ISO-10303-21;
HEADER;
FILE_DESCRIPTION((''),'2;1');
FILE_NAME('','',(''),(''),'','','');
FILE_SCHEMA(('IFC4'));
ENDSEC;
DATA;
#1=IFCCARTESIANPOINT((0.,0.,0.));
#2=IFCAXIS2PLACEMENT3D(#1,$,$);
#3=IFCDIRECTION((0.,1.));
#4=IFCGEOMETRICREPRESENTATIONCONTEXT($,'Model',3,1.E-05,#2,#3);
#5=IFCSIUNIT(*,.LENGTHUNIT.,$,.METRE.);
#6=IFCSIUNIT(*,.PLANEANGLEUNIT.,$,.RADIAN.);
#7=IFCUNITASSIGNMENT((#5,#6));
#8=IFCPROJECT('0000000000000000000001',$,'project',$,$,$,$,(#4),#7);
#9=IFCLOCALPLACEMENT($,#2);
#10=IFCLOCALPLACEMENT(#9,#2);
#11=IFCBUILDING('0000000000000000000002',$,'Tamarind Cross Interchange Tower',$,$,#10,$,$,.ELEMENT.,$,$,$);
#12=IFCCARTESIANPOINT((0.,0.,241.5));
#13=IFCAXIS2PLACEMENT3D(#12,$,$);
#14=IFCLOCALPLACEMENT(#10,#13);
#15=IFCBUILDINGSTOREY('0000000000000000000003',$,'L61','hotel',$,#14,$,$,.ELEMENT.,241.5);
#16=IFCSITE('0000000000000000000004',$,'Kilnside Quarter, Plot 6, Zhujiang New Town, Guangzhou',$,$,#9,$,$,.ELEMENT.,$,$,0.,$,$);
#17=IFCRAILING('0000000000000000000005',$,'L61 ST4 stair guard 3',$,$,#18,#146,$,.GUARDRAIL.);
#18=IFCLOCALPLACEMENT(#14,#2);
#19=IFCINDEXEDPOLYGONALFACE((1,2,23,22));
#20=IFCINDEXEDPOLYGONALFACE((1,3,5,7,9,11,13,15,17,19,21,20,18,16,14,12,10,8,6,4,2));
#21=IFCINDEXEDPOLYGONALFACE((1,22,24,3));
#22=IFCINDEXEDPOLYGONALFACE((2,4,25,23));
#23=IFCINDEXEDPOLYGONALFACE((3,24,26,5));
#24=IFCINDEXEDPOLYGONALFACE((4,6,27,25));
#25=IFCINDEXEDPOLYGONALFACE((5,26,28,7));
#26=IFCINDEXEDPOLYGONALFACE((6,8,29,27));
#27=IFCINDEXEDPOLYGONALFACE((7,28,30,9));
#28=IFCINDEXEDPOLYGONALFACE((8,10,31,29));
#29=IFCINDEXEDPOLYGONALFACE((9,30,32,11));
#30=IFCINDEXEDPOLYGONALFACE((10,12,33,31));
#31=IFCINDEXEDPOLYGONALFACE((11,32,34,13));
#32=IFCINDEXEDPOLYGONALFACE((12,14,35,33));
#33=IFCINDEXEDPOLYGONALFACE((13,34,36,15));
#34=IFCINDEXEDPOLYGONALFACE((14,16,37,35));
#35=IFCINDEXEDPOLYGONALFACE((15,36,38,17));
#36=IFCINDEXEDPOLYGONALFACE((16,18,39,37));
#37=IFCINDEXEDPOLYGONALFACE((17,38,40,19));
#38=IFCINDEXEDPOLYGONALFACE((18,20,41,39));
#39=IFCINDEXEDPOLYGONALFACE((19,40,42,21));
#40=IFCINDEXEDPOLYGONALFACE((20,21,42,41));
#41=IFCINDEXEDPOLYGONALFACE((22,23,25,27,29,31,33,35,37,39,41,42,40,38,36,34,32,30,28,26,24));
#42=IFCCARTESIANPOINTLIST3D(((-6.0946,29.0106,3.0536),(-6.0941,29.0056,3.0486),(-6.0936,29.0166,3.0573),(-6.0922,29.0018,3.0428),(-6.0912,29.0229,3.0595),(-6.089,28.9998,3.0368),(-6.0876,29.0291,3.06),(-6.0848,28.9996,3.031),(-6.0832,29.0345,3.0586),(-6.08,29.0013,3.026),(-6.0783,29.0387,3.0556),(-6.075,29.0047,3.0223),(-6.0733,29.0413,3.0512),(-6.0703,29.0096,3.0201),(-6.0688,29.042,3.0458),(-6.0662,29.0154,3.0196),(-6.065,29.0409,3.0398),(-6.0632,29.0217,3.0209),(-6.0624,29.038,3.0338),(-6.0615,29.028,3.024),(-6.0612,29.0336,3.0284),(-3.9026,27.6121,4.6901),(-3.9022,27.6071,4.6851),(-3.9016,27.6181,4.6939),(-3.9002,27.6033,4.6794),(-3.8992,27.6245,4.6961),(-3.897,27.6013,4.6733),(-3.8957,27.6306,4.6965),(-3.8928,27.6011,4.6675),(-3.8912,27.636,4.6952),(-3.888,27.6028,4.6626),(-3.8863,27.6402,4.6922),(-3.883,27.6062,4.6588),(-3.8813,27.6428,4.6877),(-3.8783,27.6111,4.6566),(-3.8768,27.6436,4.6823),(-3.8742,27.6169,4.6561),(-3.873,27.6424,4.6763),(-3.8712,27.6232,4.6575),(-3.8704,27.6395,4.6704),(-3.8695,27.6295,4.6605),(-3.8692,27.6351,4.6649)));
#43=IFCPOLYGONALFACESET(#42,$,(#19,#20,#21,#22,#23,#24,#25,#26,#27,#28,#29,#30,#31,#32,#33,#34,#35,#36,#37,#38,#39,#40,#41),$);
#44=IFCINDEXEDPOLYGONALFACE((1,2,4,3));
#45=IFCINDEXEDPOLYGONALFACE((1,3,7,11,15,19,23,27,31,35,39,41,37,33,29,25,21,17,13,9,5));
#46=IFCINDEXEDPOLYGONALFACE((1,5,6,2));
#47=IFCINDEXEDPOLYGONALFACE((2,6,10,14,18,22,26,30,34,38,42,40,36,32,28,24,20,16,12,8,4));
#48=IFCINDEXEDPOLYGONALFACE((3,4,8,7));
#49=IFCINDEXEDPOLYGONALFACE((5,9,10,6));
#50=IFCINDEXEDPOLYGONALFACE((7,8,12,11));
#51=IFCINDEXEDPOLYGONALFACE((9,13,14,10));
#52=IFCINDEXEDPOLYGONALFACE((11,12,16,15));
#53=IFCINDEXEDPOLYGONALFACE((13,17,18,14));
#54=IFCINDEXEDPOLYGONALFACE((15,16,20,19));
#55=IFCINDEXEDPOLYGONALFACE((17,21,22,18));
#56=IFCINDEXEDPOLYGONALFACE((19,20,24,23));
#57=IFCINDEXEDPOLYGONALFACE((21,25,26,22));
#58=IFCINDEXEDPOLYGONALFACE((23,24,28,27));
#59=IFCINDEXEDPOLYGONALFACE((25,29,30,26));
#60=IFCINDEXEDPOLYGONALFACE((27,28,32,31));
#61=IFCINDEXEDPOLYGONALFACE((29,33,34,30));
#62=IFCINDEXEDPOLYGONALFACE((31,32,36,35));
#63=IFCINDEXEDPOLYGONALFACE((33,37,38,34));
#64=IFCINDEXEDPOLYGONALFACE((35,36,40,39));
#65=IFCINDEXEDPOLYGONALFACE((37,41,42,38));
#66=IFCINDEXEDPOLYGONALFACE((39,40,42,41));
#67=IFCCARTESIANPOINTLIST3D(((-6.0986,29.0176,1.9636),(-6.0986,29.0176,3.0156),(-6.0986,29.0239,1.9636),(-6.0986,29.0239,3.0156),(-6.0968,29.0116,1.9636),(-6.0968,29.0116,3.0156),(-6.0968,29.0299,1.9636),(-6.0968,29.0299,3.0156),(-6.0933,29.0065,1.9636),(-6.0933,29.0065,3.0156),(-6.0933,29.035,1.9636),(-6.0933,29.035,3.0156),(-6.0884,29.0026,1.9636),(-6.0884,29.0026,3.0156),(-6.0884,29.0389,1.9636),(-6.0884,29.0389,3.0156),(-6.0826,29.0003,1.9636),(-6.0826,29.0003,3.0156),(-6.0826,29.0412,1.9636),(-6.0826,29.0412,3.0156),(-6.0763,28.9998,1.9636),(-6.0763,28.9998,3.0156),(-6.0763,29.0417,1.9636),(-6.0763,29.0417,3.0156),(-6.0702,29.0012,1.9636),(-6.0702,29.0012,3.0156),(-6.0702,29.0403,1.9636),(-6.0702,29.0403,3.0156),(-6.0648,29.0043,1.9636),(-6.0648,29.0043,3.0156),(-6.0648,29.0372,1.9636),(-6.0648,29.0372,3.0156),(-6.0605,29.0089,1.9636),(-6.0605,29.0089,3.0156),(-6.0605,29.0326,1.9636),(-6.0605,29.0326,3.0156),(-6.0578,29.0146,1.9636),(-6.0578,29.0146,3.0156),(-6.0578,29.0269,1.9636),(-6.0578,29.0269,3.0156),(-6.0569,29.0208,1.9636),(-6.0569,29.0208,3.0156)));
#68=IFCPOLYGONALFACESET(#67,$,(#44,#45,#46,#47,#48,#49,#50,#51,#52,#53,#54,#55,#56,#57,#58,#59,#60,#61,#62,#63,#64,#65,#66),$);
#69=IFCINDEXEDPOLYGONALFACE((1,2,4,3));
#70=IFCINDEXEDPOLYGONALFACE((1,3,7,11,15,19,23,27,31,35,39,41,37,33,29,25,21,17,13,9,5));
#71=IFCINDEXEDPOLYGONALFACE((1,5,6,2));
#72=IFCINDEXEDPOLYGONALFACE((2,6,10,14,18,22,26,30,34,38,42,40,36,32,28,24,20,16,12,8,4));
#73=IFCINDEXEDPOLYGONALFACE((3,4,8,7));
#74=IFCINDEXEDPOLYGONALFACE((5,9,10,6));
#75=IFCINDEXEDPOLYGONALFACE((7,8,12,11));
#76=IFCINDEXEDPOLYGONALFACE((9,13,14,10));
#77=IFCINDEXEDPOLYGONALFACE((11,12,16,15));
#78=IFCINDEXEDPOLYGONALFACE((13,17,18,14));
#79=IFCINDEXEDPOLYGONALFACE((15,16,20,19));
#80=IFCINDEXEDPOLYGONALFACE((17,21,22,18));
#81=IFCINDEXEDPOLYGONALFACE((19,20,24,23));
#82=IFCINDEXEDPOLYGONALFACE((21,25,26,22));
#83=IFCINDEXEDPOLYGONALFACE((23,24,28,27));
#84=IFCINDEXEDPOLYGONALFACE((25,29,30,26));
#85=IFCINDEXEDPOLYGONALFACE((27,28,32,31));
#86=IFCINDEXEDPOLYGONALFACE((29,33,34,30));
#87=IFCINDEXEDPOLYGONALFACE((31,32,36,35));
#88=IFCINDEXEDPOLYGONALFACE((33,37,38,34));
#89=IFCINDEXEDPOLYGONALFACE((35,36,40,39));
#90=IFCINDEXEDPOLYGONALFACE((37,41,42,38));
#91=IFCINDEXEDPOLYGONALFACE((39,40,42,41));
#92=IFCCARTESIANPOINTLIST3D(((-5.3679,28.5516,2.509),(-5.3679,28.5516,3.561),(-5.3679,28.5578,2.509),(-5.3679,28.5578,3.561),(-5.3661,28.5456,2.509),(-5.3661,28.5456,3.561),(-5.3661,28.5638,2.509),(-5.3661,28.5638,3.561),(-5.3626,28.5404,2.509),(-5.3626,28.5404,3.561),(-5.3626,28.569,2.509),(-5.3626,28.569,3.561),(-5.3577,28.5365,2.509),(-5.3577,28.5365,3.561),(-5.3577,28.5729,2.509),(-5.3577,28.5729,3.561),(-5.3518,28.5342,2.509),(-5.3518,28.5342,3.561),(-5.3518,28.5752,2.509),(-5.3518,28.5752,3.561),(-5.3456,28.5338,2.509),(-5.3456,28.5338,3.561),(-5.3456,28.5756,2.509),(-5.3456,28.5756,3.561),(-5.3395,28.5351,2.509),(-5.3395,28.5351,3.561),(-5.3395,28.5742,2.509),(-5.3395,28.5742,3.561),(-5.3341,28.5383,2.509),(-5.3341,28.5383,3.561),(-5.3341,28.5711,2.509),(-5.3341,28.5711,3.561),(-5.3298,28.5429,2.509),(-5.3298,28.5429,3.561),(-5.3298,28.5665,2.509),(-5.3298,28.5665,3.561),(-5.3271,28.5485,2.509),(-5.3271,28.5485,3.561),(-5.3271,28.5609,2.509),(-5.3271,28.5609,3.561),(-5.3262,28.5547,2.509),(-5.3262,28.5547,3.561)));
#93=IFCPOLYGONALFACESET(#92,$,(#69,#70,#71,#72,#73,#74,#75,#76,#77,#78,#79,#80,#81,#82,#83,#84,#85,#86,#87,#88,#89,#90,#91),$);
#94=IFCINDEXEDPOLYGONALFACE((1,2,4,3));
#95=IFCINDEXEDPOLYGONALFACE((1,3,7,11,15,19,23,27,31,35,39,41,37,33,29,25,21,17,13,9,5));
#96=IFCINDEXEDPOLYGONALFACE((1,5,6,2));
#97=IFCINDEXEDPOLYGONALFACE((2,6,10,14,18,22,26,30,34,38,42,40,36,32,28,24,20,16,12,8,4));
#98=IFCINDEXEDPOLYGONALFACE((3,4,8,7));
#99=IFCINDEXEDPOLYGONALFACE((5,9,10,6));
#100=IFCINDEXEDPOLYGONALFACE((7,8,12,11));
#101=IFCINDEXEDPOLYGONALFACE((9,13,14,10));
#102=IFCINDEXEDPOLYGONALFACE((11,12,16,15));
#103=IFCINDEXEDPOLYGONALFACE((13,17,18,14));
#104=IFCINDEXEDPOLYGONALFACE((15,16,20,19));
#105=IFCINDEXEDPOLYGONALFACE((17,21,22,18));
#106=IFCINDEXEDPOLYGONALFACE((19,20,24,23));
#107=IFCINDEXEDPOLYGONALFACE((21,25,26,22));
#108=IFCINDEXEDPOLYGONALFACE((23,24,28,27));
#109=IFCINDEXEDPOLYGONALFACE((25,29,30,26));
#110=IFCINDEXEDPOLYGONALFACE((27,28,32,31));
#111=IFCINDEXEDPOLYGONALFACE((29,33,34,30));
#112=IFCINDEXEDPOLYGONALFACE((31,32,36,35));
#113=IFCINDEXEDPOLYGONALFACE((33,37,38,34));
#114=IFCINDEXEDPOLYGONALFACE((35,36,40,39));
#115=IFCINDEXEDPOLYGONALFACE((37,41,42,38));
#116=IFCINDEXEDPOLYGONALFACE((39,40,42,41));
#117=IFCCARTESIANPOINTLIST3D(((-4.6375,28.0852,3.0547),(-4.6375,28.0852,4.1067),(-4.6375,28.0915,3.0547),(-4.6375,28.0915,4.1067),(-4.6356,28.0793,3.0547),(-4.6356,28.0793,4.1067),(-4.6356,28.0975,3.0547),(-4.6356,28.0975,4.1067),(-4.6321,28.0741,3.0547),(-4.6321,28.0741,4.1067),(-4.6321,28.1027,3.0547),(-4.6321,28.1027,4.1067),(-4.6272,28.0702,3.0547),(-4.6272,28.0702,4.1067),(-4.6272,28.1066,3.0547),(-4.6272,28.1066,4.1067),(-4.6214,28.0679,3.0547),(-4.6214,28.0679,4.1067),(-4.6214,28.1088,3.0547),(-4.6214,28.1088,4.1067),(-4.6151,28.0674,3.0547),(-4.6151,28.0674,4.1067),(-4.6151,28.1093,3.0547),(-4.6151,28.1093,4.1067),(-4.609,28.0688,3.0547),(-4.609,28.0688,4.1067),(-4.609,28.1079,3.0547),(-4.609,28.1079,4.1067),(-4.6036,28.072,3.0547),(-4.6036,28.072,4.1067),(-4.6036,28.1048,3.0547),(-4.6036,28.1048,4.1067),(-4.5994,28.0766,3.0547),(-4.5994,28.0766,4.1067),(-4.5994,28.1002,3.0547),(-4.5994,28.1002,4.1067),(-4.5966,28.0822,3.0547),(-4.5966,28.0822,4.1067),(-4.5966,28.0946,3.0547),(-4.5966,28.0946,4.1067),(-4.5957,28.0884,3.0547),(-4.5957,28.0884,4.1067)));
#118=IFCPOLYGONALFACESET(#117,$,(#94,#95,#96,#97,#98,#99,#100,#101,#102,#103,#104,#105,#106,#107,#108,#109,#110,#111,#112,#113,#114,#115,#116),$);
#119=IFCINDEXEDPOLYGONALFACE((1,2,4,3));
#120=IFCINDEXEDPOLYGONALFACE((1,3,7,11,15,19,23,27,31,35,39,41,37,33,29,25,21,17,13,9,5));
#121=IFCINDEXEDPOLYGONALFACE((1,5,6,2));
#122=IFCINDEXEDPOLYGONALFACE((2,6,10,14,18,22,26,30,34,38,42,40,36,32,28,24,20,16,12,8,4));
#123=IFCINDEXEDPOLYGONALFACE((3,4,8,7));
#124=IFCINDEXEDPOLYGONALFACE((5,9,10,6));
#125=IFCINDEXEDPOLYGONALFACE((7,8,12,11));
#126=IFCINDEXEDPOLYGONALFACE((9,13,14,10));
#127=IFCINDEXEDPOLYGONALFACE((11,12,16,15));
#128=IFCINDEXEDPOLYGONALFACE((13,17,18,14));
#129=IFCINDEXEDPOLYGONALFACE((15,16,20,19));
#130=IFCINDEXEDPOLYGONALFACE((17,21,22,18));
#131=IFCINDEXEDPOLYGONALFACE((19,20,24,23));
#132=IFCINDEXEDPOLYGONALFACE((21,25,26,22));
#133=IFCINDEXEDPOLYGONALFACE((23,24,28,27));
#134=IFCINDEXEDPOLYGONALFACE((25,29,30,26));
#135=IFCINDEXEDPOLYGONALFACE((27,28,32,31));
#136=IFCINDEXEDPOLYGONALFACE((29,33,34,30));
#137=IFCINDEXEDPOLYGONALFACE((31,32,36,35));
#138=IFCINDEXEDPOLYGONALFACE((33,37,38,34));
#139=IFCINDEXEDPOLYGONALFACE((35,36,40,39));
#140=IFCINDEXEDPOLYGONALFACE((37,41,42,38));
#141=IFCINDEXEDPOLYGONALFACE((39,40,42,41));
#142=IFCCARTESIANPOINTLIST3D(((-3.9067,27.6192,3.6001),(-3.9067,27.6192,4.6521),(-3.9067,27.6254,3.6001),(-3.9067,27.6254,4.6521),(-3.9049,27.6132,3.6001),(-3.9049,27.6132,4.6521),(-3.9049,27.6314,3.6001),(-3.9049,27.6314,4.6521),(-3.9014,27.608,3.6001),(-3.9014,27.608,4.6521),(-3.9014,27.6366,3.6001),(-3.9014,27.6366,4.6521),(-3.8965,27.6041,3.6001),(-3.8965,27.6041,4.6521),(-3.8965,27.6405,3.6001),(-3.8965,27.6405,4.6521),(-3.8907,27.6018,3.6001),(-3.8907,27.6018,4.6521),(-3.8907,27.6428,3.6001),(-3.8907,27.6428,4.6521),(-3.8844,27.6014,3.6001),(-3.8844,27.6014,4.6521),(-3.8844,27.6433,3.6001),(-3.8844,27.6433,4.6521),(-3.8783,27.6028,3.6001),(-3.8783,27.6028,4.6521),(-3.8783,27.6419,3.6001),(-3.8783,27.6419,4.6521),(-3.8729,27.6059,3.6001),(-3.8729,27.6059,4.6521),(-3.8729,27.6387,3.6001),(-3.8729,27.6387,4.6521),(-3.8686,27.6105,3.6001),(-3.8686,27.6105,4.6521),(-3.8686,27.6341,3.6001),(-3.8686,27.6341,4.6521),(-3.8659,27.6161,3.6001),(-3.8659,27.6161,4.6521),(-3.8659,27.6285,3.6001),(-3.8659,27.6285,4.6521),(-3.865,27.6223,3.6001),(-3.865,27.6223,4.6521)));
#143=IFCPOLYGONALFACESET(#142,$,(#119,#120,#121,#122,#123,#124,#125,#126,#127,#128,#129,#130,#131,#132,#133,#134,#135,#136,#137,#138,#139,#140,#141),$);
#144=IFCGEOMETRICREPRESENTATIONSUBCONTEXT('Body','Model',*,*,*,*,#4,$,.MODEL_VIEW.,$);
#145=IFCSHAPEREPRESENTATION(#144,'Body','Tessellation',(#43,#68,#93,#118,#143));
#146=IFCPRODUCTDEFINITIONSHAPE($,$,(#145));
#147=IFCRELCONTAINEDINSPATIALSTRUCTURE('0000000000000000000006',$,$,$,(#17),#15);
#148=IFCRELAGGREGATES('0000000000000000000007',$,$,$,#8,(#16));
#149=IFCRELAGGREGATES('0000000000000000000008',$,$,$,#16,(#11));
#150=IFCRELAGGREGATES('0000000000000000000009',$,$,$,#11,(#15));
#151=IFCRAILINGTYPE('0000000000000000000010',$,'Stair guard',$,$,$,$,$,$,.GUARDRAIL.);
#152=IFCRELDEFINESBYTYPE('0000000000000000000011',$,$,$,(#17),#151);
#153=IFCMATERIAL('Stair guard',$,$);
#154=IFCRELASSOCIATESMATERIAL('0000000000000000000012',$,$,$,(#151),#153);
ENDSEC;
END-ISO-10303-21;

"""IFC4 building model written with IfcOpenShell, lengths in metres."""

from ifc_helpers import new_model, si_unit, direction, frame, origin, origin_2d, place, context, subcontext, project, spatial, circle, extrude, material, type_object, element, save


model = new_model("IFC4")

# Units and contexts
model_context = context("Model", 3, precision=1e-05, world=origin(), true_north=direction((0.0, 1.0)))
body_context = subcontext(model_context, "Body", "Model", "MODEL_VIEW")
ifc_project = project(units=[si_unit("LENGTHUNIT", "METRE"), si_unit("PLANEANGLEUNIT", "RADIAN")], contexts=[model_context])

# Site, building, storey
site_placement = place(None, origin())
site = spatial("IfcSite", under=ifc_project, at=site_placement, Name="Kilnside Quarter, Plot 6, Zhujiang New Town, Guangzhou", CompositionType="ELEMENT", RefElevation=0.0)
building_placement = place(site_placement, origin())
building = spatial("IfcBuilding", under=site, at=building_placement, Name="Tamarind Cross Interchange Tower", CompositionType="ELEMENT")
storey_placement = place(building_placement, frame((0.0, 0.0, 241.5)))
storey = spatial("IfcBuildingStorey", under=building, at=storey_placement, Name="L61", Description="hotel", CompositionType="ELEMENT", Elevation=241.5)

# Railing
ifc_material_1 = material(Name="Stair guard")
railing_type_1 = type_object("IfcRailingType", Name="Stair guard", PredefinedType="GUARDRAIL", material=ifc_material_1)
railing_1_placement = place(storey_placement, frame((-6.0779, 29.0208, 1.9636)))
element("IfcRailing", 1, at=railing_1_placement, inside=storey, type_object=railing_type_1, Name="L61 ST4 stair guard 3", PredefinedType="GUARDRAIL", context=body_context, shape_type="SweptSolid", body=[
    extrude(circle(Radius=0.0239, at=origin_2d()), frame((0.0, 0.0, 1.0762), z_axis=(0.713474, -0.455199, 0.532681), x_axis=(0.537859, 0.843035, 0.0)), (0.0, 0.0, 1.0), 3.0723),
    extrude(circle(Radius=0.021, at=origin_2d()), origin(), (0.0, 0.0, 1.0), 1.052),
    extrude(circle(Radius=0.021, at=origin_2d()), frame((0.7307, -0.4661, 0.5454)), (0.0, 0.0, 1.0), 1.052),
    extrude(circle(Radius=0.021, at=origin_2d()), frame((1.4612, -0.9324, 1.0911)), (0.0, 0.0, 1.0), 1.052),
    extrude(circle(Radius=0.021, at=origin_2d()), frame((2.1919, -1.3984, 1.6365)), (0.0, 0.0, 1.0), 1.052),
])

save(model, "model.ifc")
